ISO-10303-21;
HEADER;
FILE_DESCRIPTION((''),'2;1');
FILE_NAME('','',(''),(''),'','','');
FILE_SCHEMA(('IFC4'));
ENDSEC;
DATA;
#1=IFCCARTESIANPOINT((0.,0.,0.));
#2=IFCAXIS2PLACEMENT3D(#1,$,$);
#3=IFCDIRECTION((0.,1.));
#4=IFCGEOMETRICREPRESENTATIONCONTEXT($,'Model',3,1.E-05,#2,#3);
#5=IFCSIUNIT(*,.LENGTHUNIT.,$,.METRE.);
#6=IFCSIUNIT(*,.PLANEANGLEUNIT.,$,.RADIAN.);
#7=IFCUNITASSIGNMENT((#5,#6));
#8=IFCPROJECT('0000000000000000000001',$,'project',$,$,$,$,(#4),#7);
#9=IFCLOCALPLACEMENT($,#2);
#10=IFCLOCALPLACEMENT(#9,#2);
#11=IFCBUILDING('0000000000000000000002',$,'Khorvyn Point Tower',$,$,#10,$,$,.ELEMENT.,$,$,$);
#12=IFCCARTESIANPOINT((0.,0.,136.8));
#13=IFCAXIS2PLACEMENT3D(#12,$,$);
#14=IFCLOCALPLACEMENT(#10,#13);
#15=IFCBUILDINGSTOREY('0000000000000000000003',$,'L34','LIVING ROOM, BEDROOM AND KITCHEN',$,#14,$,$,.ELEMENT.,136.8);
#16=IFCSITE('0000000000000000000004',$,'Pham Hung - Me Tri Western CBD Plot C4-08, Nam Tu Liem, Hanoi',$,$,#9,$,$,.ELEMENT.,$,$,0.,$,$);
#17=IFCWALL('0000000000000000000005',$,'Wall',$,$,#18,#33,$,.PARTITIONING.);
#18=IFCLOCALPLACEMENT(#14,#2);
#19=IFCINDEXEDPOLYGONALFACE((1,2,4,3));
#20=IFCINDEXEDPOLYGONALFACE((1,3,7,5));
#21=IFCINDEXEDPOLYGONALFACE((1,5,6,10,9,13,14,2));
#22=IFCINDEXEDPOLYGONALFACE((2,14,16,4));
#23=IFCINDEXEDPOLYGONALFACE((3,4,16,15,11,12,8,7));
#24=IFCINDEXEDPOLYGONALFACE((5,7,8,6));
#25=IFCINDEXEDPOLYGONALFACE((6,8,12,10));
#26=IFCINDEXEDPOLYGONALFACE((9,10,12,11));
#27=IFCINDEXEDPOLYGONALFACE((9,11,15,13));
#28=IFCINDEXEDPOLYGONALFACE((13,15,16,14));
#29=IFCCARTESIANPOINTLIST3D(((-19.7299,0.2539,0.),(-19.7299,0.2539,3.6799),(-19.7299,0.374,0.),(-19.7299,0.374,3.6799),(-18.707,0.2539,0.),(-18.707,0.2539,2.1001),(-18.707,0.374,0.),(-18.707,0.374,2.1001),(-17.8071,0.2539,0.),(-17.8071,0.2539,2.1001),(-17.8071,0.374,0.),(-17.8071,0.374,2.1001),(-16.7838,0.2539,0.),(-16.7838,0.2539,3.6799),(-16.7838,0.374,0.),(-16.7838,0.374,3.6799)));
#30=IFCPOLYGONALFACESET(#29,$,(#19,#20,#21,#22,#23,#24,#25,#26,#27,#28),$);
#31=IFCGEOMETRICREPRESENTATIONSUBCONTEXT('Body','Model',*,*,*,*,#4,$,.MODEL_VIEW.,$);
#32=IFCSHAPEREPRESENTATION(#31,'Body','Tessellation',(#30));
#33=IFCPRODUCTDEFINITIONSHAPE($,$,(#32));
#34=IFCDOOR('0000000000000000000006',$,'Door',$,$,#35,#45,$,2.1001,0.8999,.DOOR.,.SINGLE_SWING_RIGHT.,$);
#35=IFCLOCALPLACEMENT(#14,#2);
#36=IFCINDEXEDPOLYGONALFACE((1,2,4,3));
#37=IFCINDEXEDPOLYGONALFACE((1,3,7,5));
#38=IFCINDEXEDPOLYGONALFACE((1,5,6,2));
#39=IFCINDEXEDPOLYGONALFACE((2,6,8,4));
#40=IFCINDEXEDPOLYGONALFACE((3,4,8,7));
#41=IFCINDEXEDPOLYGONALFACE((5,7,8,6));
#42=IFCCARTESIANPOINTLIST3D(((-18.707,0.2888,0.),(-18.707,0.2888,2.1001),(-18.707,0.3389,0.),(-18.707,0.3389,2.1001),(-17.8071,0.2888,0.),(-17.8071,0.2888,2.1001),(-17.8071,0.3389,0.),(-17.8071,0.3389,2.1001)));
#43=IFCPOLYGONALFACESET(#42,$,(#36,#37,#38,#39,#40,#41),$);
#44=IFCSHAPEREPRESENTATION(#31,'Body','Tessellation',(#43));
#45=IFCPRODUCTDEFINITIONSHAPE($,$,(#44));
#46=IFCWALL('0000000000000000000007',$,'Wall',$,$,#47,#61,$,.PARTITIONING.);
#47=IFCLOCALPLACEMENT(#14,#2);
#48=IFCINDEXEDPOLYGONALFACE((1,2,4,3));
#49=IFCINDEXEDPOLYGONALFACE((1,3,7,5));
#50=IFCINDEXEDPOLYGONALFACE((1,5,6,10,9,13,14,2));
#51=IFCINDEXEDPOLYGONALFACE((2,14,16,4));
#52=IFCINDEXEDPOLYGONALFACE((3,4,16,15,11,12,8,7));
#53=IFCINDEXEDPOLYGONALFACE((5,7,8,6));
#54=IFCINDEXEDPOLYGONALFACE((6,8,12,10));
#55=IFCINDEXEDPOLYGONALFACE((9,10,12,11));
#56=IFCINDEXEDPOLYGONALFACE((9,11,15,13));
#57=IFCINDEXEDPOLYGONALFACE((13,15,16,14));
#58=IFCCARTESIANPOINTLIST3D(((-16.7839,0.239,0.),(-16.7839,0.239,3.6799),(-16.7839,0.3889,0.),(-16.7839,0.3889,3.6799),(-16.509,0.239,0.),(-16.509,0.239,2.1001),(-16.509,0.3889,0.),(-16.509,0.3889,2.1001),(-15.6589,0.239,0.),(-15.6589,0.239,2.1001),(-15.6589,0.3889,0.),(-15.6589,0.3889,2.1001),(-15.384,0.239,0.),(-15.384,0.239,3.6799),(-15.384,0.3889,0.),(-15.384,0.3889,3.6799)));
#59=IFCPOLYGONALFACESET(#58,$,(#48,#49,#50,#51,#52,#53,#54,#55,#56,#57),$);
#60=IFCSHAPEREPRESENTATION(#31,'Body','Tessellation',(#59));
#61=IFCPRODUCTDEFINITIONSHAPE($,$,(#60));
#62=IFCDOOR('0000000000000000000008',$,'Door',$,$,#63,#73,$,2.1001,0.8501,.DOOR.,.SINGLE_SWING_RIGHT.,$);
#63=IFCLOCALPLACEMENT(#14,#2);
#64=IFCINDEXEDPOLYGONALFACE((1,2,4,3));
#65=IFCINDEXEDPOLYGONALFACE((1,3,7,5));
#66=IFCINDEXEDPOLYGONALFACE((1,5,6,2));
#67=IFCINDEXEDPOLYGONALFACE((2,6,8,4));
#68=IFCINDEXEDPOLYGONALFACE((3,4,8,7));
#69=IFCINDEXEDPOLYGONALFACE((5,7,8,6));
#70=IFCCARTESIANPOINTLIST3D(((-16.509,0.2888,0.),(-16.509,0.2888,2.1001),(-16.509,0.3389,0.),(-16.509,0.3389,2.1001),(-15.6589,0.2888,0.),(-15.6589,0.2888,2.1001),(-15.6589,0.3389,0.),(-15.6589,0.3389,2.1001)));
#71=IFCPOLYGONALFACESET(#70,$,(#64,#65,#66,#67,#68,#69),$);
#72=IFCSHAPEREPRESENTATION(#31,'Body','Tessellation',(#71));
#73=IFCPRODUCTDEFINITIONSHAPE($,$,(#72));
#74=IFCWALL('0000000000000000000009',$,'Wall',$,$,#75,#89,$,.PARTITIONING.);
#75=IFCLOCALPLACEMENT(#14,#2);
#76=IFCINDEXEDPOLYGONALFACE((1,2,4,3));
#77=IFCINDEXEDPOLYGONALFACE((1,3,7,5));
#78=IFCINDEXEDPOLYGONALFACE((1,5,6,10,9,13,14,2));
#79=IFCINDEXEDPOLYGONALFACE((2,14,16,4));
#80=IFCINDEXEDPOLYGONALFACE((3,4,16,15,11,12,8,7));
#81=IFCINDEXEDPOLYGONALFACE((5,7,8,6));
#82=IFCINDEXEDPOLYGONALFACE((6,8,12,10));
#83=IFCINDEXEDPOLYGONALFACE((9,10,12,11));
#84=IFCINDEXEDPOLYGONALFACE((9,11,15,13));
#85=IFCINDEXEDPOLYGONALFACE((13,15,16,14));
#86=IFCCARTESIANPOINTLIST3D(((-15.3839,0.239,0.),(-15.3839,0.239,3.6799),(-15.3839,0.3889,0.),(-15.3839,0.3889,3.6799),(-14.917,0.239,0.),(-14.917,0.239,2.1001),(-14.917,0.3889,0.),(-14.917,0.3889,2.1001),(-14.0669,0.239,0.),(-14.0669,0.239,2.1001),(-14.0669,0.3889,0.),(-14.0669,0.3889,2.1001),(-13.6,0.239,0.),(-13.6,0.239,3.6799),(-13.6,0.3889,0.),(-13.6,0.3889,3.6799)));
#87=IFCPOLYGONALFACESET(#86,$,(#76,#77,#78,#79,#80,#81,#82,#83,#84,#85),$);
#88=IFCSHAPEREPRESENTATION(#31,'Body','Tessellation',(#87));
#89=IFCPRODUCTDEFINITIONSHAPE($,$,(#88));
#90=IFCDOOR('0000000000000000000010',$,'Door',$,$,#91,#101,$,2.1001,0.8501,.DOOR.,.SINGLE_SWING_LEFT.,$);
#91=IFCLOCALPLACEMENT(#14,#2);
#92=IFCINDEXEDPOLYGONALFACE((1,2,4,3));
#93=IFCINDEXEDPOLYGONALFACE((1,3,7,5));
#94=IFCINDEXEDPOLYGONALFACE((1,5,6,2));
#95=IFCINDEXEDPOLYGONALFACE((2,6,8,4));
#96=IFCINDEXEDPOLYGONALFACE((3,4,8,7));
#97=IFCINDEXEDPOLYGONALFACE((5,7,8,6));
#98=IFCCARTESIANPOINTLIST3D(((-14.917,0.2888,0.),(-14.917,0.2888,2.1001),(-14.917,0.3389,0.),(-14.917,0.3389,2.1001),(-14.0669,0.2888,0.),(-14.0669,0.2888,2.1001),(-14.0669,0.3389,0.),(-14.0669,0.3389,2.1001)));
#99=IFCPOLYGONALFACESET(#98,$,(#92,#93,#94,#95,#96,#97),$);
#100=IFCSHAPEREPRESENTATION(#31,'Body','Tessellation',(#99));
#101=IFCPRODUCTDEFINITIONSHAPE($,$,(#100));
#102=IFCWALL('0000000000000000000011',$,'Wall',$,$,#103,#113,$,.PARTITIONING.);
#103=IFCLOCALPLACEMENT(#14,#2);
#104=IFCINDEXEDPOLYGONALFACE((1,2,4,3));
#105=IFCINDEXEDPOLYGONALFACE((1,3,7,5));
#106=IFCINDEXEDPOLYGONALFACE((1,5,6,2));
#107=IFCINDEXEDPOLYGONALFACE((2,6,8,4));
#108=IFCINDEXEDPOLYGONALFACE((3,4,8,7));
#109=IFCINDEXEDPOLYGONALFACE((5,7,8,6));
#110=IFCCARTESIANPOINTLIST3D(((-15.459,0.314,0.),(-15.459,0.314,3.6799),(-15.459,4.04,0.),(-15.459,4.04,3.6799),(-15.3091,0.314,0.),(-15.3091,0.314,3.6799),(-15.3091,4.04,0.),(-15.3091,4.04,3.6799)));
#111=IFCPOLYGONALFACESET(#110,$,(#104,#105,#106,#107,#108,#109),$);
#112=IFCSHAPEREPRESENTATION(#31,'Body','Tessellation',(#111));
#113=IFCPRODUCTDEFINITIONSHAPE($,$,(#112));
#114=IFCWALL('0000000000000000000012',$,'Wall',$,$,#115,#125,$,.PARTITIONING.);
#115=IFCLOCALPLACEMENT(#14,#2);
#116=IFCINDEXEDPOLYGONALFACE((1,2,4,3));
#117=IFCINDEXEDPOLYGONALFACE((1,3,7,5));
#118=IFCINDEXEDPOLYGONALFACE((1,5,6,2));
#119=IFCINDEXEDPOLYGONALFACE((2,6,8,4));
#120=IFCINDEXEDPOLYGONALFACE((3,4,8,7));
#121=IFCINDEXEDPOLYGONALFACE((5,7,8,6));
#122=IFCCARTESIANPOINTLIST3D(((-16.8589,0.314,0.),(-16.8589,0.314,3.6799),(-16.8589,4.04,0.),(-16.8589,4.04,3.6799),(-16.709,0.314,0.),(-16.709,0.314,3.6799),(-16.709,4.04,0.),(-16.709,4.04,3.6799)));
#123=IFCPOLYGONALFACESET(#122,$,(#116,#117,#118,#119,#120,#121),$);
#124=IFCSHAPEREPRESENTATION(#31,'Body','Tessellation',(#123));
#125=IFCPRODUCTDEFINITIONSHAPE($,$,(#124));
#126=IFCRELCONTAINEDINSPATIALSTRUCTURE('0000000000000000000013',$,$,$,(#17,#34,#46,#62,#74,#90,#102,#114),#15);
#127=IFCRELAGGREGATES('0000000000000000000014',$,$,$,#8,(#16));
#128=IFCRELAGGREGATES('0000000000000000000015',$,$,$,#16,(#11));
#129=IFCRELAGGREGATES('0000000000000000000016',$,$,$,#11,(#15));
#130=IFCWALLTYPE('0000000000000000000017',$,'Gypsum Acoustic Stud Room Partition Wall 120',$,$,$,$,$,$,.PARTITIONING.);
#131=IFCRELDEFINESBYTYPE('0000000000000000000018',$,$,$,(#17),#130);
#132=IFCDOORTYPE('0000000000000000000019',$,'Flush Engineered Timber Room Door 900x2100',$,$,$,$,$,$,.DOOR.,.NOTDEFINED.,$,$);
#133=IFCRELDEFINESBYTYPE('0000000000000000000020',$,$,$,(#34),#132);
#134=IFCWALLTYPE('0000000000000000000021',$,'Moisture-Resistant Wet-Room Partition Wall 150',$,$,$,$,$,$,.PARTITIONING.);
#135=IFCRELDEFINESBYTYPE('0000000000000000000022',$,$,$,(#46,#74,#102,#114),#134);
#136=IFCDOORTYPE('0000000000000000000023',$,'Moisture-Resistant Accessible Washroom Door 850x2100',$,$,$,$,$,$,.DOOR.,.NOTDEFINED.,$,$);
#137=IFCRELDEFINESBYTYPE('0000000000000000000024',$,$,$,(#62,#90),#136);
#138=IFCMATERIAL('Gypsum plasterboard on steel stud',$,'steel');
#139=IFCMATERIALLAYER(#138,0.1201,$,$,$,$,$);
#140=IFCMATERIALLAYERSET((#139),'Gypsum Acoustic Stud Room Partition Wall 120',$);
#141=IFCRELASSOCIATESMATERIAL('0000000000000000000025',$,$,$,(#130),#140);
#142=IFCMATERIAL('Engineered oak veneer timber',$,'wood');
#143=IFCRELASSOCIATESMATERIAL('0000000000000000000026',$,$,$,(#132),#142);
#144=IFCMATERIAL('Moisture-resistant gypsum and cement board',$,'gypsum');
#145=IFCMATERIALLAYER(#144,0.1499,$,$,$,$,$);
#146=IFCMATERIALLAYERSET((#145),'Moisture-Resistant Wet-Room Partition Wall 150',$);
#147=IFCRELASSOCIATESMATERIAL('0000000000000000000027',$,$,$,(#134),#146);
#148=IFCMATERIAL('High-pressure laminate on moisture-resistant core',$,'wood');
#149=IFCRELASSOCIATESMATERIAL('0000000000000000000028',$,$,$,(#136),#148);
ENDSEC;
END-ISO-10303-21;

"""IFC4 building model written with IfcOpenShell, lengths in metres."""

from ifc_helpers import new_model, si_unit, direction, frame, frame_2d, origin, place, context, subcontext, project, spatial, rectangle, extrude, material, layer, layer_set, type_object, element, fill, save


model = new_model("IFC4")

# Units and contexts
model_context = context("Model", 3, precision=1e-05, world=origin(), true_north=direction((0.0, 1.0)))
body_context = subcontext(model_context, "Body", "Model", "MODEL_VIEW")
ifc_project = project(units=[si_unit("LENGTHUNIT", "METRE"), si_unit("PLANEANGLEUNIT", "RADIAN")], contexts=[model_context])

# Site, building, storey
site_placement = place(None, origin())
site = spatial("IfcSite", under=ifc_project, at=site_placement, Name="Pham Hung - Me Tri Western CBD Plot C4-08, Nam Tu Liem, Hanoi", CompositionType="ELEMENT", RefElevation=0.0)
building_placement = place(site_placement, origin())
building = spatial("IfcBuilding", under=site, at=building_placement, Name="Khorvyn Point Tower", CompositionType="ELEMENT")
storey_placement = place(building_placement, frame((0.0, 0.0, 136.8)))
storey = spatial("IfcBuildingStorey", under=building, at=storey_placement, Name="L34", Description="LIVING ROOM, BEDROOM AND KITCHEN", CompositionType="ELEMENT", Elevation=136.8)

# Walls, openings, doors
ifc_material_1 = material(Name="Gypsum plasterboard on steel stud", Category="steel")
ifc_layer_1 = layer(ifc_material_1, 0.1201)
ifc_layer_set_1 = layer_set([ifc_layer_1], Name="Gypsum Acoustic Stud Room Partition Wall 120")
wall_type_1 = type_object("IfcWallType", Name="Gypsum Acoustic Stud Room Partition Wall 120", PredefinedType="PARTITIONING", material=ifc_layer_set_1)
wall_1_placement = place(storey_placement, frame((-19.73, 0.314, 0.0), z_axis=(0.0, 0.0, 1.0), x_axis=(1.0, 0.0, 0.0)))
wall_1 = element("IfcWall", 1, at=wall_1_placement, inside=storey, type_object=wall_type_1, Name="Wall", PredefinedType="PARTITIONING", context=body_context, shape_type="SweptSolid", body=[
    extrude(rectangle(XDim=2.946, YDim=0.1201, at=frame_2d((1.4731, 0.0))), origin(), (0.0, 0.0, 1.0), 3.6799),
])
opening_1_placement = place(wall_1_placement, frame((1.0229, 0.0, 0.0)))
opening_1 = element("IfcOpeningElement", 2, at=opening_1_placement, cuts=wall_1, PredefinedType="OPENING", context=body_context, shape_type="SweptSolid", body=[
    extrude(rectangle(XDim=0.8999, YDim=2.1001, at=frame_2d((0.45, 1.05))), frame((0.0, 0.0701, 0.0), z_axis=(0.0, -1.0, 0.0), x_axis=(1.0, 0.0, 0.0)), (0.0, 0.0, 1.0), 0.1401),
])
ifc_material_2 = material(Name="Engineered oak veneer timber", Category="wood")
door_type_1 = type_object("IfcDoorType", Name="Flush Engineered Timber Room Door 900x2100", OperationType="NOTDEFINED", PredefinedType="DOOR", material=ifc_material_2)
door_1_placement = place(opening_1_placement, origin())
door_1 = element("IfcDoor", 3, at=door_1_placement, inside=storey, type_object=door_type_1, Name="Door", OperationType="SINGLE_SWING_RIGHT", OverallHeight=2.1001, OverallWidth=0.8999, PredefinedType="DOOR", context=body_context, shape_type="SweptSolid", body=[
    extrude(rectangle(XDim=0.8999, YDim=2.1001, at=frame_2d((0.45, 1.05))), frame((0.0, 0.0249, 0.0), z_axis=(0.0, -1.0, 0.0), x_axis=(1.0, 0.0, 0.0)), (0.0, 0.0, 1.0), 0.05),
])
fill(opening_1, door_1)
ifc_material_3 = material(Name="Moisture-resistant gypsum and cement board", Category="gypsum")
ifc_layer_2 = layer(ifc_material_3, 0.1499)
ifc_layer_set_2 = layer_set([ifc_layer_2], Name="Moisture-Resistant Wet-Room Partition Wall 150")
wall_type_2 = type_object("IfcWallType", Name="Moisture-Resistant Wet-Room Partition Wall 150", PredefinedType="PARTITIONING", material=ifc_layer_set_2)
wall_2_placement = place(storey_placement, frame((-16.7839, 0.314, 0.0), z_axis=(0.0, 0.0, 1.0), x_axis=(1.0, 0.0, 0.0)))
wall_2 = element("IfcWall", 4, at=wall_2_placement, inside=storey, type_object=wall_type_2, Name="Wall", PredefinedType="PARTITIONING", context=body_context, shape_type="SweptSolid", body=[
    extrude(rectangle(XDim=1.3999, YDim=0.1499, at=frame_2d((0.7, 0.0))), origin(), (0.0, 0.0, 1.0), 3.6799),
])
opening_2_placement = place(wall_2_placement, frame((0.2749, 0.0, 0.0)))
opening_2 = element("IfcOpeningElement", 5, at=opening_2_placement, cuts=wall_2, PredefinedType="OPENING", context=body_context, shape_type="SweptSolid", body=[
    extrude(rectangle(XDim=0.8501, YDim=2.1001, at=frame_2d((0.425, 1.05))), frame((0.0, 0.085, 0.0), z_axis=(0.0, -1.0, 0.0), x_axis=(1.0, 0.0, 0.0)), (0.0, 0.0, 1.0), 0.1699),
])
ifc_material_4 = material(Name="High-pressure laminate on moisture-resistant core", Category="wood")
door_type_2 = type_object("IfcDoorType", Name="Moisture-Resistant Accessible Washroom Door 850x2100", OperationType="NOTDEFINED", PredefinedType="DOOR", material=ifc_material_4)
door_2_placement = place(opening_2_placement, origin())
door_2 = element("IfcDoor", 6, at=door_2_placement, inside=storey, type_object=door_type_2, Name="Door", OperationType="SINGLE_SWING_RIGHT", OverallHeight=2.1001, OverallWidth=0.8501, PredefinedType="DOOR", context=body_context, shape_type="SweptSolid", body=[
    extrude(rectangle(XDim=0.8501, YDim=2.1001, at=frame_2d((0.425, 1.05))), frame((0.0, 0.0249, 0.0), z_axis=(0.0, -1.0, 0.0), x_axis=(1.0, 0.0, 0.0)), (0.0, 0.0, 1.0), 0.05),
])
fill(opening_2, door_2)
wall_3_placement = place(storey_placement, frame((-15.384, 0.314, 0.0), z_axis=(0.0, 0.0, 1.0), x_axis=(1.0, 0.0, 0.0)))
wall_3 = element("IfcWall", 7, at=wall_3_placement, inside=storey, type_object=wall_type_2, Name="Wall", PredefinedType="PARTITIONING", context=body_context, shape_type="SweptSolid", body=[
    extrude(rectangle(XDim=1.7839, YDim=0.1499, at=frame_2d((0.8921, 0.0))), origin(), (0.0, 0.0, 1.0), 3.6799),
])
opening_3_placement = place(wall_3_placement, frame((0.467, 0.0, 0.0)))
opening_3 = element("IfcOpeningElement", 8, at=opening_3_placement, cuts=wall_3, PredefinedType="OPENING", context=body_context, shape_type="SweptSolid", body=[
    extrude(rectangle(XDim=0.8501, YDim=2.1001, at=frame_2d((0.425, 1.05))), frame((0.0, 0.085, 0.0), z_axis=(0.0, -1.0, 0.0), x_axis=(1.0, 0.0, 0.0)), (0.0, 0.0, 1.0), 0.1699),
])
door_3_placement = place(opening_3_placement, origin())
door_3 = element("IfcDoor", 9, at=door_3_placement, inside=storey, type_object=door_type_2, Name="Door", OperationType="SINGLE_SWING_LEFT", OverallHeight=2.1001, OverallWidth=0.8501, PredefinedType="DOOR", context=body_context, shape_type="SweptSolid", body=[
    extrude(rectangle(XDim=0.8501, YDim=2.1001, at=frame_2d((0.425, 1.05))), frame((0.0, 0.0249, 0.0), z_axis=(0.0, -1.0, 0.0), x_axis=(1.0, 0.0, 0.0)), (0.0, 0.0, 1.0), 0.05),
])
fill(opening_3, door_3)

# Walls
for number, where, z_axis, x_axis, name in (
    (10, (-15.384, 0.314, 0.0), (0.0, 0.0, 1.0), (0.0, 1.0, 0.0), "Wall"),
    (11, (-16.7839, 0.314, 0.0), (0.0, 0.0, 1.0), (0.0, 1.0, 0.0), "Wall"),
):
    element("IfcWall", number, at=place(storey_placement, frame(where, z_axis=z_axis, x_axis=x_axis)), inside=storey, type_object=wall_type_2, Name=name, PredefinedType="PARTITIONING", context=body_context, shape_type="SweptSolid", body=[
        extrude(rectangle(XDim=3.7261, YDim=0.1499, at=frame_2d((1.863, 0.0))), origin(), (0.0, 0.0, 1.0), 3.6799),
    ])

save(model, "model.ifc")
